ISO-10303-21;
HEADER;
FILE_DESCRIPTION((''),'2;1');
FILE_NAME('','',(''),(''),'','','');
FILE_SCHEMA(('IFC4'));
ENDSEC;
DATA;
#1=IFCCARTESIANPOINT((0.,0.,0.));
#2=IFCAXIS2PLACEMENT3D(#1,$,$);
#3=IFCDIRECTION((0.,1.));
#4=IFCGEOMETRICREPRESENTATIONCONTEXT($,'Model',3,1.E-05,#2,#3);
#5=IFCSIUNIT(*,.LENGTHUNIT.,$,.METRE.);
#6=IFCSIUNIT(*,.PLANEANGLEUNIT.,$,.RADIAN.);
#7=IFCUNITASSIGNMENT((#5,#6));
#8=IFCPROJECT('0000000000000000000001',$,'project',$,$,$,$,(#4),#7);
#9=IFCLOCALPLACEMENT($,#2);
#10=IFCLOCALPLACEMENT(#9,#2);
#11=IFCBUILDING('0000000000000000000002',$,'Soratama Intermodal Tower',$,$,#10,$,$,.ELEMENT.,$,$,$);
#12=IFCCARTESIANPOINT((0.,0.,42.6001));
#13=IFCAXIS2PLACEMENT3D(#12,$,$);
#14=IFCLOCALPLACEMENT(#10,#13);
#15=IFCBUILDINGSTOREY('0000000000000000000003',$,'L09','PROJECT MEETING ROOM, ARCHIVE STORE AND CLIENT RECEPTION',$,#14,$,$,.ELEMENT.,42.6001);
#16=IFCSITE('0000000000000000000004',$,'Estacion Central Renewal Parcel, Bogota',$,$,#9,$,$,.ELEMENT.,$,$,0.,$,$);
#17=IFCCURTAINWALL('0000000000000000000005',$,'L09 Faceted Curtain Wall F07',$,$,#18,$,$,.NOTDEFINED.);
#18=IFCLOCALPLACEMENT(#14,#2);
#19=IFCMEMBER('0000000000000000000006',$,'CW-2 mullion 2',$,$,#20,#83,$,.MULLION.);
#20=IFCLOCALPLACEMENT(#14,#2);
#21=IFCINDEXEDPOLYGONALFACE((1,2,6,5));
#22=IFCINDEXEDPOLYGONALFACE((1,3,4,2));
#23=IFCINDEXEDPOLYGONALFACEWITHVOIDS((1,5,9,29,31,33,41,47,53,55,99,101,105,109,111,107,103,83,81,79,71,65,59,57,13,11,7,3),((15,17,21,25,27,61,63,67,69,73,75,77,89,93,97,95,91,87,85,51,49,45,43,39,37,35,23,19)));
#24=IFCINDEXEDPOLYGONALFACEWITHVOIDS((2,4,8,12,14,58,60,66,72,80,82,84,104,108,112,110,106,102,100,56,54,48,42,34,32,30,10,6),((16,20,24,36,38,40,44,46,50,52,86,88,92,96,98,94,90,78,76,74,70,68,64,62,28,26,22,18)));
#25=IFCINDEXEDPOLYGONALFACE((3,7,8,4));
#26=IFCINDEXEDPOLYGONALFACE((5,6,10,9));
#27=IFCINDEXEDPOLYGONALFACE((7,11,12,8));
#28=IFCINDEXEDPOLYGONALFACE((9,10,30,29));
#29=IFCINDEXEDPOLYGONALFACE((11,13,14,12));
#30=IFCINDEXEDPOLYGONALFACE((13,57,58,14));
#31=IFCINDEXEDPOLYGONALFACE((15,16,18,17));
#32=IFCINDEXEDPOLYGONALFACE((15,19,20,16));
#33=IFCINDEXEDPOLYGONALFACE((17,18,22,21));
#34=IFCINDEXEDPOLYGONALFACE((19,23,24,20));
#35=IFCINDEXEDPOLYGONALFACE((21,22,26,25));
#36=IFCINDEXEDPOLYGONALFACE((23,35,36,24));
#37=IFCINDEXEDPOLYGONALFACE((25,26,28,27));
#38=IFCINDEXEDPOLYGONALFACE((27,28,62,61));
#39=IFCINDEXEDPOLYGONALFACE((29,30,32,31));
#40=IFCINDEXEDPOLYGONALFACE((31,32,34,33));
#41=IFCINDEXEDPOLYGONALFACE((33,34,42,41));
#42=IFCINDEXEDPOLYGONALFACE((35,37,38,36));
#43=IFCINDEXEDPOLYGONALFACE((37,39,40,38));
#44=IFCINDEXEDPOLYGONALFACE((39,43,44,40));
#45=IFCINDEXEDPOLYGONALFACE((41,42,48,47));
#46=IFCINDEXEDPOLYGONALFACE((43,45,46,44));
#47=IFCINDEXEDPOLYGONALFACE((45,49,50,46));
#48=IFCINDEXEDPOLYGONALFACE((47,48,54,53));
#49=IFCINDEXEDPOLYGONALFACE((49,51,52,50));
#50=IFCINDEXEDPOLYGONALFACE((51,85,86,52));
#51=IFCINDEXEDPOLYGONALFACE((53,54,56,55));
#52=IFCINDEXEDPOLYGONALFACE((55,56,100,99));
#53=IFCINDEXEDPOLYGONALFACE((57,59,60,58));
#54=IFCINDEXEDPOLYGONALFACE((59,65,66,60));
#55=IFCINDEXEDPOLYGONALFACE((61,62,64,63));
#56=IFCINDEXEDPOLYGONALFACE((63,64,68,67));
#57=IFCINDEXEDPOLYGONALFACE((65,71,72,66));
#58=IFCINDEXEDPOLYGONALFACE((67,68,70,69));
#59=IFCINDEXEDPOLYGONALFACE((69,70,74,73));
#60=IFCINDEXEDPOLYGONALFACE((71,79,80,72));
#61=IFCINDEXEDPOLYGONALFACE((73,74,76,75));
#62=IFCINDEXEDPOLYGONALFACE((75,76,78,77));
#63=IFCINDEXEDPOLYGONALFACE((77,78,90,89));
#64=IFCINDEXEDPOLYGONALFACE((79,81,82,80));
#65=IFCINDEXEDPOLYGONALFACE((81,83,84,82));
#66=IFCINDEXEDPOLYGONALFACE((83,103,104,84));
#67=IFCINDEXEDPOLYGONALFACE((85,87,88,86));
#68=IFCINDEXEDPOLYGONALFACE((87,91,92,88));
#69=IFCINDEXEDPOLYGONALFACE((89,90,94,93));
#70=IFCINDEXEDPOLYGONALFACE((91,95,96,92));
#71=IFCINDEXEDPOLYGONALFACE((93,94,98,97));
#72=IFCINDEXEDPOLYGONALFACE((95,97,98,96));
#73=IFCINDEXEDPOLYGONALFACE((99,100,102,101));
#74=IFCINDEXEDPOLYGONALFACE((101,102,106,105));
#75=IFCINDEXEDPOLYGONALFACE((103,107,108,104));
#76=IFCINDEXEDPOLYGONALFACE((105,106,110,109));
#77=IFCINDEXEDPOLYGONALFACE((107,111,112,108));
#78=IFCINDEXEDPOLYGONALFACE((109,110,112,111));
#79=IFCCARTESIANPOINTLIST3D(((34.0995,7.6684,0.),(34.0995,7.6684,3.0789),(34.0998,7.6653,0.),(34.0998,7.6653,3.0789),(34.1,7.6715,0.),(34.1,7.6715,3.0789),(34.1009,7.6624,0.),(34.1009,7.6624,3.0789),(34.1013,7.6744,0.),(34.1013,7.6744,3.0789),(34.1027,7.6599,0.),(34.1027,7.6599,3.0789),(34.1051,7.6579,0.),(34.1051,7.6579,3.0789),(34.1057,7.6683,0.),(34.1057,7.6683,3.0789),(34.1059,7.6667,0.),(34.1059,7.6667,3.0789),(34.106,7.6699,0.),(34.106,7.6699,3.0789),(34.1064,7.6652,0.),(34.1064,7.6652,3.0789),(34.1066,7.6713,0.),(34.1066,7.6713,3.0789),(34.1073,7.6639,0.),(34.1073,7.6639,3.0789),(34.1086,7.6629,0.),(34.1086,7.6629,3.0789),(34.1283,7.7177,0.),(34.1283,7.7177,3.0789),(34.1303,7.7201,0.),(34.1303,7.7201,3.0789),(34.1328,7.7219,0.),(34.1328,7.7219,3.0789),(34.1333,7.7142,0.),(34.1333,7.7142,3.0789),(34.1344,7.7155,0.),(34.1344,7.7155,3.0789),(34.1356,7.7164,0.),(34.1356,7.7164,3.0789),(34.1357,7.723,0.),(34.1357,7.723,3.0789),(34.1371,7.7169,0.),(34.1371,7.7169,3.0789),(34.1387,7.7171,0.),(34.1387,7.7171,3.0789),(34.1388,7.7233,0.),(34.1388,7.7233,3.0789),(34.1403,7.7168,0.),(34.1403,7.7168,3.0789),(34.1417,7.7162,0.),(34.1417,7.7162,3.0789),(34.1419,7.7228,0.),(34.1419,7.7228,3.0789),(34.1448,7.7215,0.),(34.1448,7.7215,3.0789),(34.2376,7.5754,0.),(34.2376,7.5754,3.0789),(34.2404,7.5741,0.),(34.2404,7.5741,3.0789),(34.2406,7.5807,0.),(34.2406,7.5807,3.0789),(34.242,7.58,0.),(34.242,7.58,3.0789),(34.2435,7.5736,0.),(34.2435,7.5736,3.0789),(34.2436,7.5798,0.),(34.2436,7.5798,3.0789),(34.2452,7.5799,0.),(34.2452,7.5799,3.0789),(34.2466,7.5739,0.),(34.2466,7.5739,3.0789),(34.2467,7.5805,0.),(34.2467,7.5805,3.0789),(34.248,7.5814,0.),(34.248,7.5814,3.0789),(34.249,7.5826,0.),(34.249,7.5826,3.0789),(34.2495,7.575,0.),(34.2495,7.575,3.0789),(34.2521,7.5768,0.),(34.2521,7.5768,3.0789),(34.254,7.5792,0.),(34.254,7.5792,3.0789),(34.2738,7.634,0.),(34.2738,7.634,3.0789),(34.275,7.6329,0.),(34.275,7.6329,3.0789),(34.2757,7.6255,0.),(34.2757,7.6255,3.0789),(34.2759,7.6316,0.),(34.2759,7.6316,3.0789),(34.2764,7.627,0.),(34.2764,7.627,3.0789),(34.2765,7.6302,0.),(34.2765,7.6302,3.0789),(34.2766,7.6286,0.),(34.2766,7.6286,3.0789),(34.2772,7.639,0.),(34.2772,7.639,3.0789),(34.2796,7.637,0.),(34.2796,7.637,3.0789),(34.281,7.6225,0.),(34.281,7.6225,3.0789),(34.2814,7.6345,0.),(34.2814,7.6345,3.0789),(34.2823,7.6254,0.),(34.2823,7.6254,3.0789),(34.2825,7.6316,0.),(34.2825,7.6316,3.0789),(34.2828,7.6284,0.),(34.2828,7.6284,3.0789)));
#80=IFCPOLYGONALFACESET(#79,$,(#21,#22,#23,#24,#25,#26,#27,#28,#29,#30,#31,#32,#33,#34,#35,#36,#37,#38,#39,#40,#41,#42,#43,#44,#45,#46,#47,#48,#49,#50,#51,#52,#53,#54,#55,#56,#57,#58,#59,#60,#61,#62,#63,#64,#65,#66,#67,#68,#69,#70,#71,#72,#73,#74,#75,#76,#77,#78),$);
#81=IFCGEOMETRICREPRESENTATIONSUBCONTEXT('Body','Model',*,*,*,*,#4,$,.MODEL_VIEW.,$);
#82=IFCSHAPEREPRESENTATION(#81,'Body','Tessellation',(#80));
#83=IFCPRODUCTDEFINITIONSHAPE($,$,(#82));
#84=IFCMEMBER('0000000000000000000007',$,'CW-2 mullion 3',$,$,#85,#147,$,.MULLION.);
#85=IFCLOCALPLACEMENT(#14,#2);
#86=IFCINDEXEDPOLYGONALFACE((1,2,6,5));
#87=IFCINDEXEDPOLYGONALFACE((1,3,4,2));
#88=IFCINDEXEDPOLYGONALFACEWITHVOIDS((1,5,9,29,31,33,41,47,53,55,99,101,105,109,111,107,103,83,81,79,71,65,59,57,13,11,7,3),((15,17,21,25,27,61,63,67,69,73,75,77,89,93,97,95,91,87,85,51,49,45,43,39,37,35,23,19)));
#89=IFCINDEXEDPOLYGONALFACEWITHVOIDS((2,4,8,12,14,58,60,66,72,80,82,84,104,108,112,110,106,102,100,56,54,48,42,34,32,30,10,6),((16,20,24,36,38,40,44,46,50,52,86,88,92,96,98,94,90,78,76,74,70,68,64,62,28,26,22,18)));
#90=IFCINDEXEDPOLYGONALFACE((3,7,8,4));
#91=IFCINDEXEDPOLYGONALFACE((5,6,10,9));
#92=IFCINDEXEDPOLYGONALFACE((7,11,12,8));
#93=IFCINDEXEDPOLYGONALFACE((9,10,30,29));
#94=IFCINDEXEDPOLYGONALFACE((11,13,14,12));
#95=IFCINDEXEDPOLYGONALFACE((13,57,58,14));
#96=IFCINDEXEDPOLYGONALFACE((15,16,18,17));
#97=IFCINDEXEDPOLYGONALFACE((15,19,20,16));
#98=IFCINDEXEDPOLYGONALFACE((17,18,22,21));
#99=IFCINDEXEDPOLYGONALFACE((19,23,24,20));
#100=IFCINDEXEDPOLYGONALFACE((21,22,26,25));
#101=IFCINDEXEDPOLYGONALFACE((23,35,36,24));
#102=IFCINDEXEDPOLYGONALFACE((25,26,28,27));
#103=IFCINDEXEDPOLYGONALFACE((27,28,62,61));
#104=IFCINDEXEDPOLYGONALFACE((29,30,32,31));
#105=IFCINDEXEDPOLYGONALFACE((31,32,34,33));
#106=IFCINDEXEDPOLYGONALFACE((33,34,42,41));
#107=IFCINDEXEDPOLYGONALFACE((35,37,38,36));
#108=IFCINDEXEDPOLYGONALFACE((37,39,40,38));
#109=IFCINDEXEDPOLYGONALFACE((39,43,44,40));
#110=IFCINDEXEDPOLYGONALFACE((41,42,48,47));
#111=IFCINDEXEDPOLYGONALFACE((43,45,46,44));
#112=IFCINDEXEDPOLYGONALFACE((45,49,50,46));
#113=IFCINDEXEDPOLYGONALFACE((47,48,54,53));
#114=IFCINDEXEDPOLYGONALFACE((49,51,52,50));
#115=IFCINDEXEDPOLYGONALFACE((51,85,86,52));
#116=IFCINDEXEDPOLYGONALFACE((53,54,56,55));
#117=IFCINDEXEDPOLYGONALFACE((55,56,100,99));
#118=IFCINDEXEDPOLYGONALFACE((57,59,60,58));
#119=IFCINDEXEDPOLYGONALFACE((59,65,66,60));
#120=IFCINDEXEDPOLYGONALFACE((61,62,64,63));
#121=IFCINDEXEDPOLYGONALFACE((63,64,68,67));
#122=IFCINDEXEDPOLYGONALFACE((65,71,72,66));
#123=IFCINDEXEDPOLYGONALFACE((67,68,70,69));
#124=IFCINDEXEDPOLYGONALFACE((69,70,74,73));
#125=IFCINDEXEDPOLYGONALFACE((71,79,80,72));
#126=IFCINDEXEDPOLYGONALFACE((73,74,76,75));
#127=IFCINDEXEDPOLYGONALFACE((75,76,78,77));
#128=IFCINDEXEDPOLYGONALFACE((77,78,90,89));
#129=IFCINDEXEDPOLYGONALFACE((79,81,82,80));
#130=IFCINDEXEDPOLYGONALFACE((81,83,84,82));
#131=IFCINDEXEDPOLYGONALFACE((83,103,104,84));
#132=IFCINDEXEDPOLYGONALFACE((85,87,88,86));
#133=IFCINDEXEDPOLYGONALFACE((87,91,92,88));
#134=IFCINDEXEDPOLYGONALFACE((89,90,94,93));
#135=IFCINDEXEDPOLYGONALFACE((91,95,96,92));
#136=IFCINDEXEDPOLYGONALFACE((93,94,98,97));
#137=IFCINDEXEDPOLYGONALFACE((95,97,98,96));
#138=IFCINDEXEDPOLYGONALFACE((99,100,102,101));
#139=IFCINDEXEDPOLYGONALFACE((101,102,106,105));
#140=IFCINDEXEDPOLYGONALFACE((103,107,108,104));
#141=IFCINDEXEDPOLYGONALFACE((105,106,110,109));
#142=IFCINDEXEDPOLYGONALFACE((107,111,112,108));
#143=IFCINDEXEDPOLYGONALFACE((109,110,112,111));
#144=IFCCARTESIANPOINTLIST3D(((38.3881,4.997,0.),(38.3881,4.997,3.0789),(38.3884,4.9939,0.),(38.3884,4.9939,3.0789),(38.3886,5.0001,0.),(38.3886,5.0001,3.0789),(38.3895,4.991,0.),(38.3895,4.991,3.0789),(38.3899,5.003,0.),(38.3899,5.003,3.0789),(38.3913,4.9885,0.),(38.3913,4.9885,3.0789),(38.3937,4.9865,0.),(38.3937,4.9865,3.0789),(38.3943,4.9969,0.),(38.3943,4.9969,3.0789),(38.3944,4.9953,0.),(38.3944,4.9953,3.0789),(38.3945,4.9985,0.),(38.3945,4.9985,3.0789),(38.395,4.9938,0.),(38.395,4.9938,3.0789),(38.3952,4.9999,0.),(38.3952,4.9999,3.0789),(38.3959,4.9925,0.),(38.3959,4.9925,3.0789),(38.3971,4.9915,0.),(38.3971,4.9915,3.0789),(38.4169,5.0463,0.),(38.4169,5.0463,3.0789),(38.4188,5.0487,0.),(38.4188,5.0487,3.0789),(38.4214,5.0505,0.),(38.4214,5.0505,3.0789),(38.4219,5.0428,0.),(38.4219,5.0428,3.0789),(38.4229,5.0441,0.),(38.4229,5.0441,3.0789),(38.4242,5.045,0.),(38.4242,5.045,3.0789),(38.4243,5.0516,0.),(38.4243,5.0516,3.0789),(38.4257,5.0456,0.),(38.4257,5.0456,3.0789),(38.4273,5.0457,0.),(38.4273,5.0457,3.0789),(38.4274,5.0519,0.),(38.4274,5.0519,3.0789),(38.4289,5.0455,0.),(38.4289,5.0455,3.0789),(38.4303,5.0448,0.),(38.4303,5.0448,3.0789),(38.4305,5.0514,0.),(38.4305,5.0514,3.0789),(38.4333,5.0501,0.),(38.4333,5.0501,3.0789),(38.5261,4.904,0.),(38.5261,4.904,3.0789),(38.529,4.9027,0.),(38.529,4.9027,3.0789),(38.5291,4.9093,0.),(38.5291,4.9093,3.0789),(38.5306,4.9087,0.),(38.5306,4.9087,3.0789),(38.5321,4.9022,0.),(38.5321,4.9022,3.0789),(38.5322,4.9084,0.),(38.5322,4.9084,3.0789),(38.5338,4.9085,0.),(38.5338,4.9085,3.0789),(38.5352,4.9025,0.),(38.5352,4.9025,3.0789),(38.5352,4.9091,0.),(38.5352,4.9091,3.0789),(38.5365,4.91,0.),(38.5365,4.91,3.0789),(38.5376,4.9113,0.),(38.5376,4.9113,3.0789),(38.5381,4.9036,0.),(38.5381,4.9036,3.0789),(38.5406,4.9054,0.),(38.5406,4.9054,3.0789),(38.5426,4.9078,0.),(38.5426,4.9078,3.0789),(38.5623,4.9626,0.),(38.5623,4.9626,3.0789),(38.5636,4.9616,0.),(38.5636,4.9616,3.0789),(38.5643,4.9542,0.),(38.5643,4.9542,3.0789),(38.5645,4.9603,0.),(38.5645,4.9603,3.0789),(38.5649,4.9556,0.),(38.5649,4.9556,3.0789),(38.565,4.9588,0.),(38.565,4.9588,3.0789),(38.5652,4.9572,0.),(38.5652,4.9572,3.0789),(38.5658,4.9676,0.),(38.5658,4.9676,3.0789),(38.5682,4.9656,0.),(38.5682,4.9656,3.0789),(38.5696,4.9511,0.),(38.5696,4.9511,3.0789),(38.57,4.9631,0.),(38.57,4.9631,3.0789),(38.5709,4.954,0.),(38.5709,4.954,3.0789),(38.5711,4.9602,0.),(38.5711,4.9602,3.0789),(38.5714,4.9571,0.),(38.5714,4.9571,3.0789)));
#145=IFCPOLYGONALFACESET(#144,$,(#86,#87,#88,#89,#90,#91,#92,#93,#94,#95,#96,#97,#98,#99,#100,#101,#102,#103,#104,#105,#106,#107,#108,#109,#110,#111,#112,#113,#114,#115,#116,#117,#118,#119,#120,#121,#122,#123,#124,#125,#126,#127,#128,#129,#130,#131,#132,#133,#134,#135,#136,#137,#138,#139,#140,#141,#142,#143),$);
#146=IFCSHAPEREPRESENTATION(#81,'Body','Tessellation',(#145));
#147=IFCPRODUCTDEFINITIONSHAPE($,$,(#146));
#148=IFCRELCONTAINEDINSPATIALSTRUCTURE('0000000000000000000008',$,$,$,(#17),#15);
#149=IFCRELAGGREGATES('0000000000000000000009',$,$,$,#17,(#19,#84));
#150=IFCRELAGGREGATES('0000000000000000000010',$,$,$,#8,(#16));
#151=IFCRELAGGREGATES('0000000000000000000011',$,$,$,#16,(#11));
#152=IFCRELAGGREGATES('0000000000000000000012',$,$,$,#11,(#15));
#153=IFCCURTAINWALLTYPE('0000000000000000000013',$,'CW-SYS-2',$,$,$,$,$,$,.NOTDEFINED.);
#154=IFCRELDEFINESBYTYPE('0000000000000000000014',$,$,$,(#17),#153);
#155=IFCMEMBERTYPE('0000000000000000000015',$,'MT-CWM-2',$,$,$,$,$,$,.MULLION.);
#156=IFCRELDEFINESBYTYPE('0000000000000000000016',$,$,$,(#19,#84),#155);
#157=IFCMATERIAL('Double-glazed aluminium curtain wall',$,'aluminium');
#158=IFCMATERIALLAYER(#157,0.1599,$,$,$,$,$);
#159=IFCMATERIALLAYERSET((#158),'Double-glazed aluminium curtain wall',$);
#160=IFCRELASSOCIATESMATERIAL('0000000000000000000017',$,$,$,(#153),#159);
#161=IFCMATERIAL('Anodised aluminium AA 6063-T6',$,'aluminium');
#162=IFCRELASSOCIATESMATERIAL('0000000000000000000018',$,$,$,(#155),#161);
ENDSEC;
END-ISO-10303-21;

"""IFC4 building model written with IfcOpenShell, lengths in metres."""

from ifc_helpers import new_model, si_unit, direction, frame, origin, origin_2d, place, context, subcontext, project, spatial, hollow_rectangle, extrude, material, layer, layer_set, material_profile, profile_set, type_object, element, aggregate, save


model = new_model("IFC4")

# Units and contexts
model_context = context("Model", 3, precision=1e-05, world=origin(), true_north=direction((0.0, 1.0)))
body_context = subcontext(model_context, "Body", "Model", "MODEL_VIEW")
ifc_project = project(units=[si_unit("LENGTHUNIT", "METRE"), si_unit("PLANEANGLEUNIT", "RADIAN")], contexts=[model_context])

# Site, building, storey
site_placement = place(None, origin())
site = spatial("IfcSite", under=ifc_project, at=site_placement, Name="Estacion Central Renewal Parcel, Bogota", CompositionType="ELEMENT", RefElevation=0.0)
building_placement = place(site_placement, origin())
building = spatial("IfcBuilding", under=site, at=building_placement, Name="Soratama Intermodal Tower", CompositionType="ELEMENT")
storey_placement = place(building_placement, frame((0.0, 0.0, 42.6001)))
storey = spatial("IfcBuildingStorey", under=building, at=storey_placement, Name="L09", Description="PROJECT MEETING ROOM, ARCHIVE STORE AND CLIENT RECEPTION", CompositionType="ELEMENT", Elevation=42.6001)

# Curtain wall, members
ifc_material_1 = material(Name="Double-glazed aluminium curtain wall", Category="aluminium")
ifc_layer_1 = layer(ifc_material_1, 0.1599)
ifc_layer_set_1 = layer_set([ifc_layer_1], Name="Double-glazed aluminium curtain wall")
curtain_wall_type = type_object("IfcCurtainWallType", Name="CW-SYS-2", PredefinedType="NOTDEFINED", material=ifc_layer_set_1)
curtain_wall_placement = place(storey_placement, origin())
curtain_wall = element("IfcCurtainWall", 1, at=curtain_wall_placement, inside=storey, type_object=curtain_wall_type, Name="L09 Faceted Curtain Wall F07", PredefinedType="NOTDEFINED")
ifc_material_2 = material(Name="Anodised aluminium AA 6063-T6", Category="aluminium")
ifc_material_profile_1 = material_profile(ifc_material_2, hollow_rectangle(XDim=0.075, YDim=0.1799, WallThickness=0.0061, InnerFilletRadius=0.0061, OuterFilletRadius=0.012, at=origin_2d()), Name="CWM180X75X6")
ifc_profile_set_1 = profile_set([ifc_material_profile_1], Name="Anodised aluminium AA 6063-T6")
member_type_1 = type_object("IfcMemberType", Name="MT-CWM-2", PredefinedType="MULLION", material=ifc_profile_set_1)
member_1_placement = place(storey_placement, frame((34.1912, 7.6484, 0.0), z_axis=(0.0, 0.0, 1.0), x_axis=(0.528735, 0.848787, 0.0)))
member_1 = element("IfcMember", 2, at=member_1_placement, type_object=member_type_1, Name="CW-2 mullion 2", PredefinedType="MULLION", context=body_context, shape_type="SweptSolid", body=[
    extrude(hollow_rectangle(XDim=0.075, YDim=0.1799, WallThickness=0.0061, InnerFilletRadius=0.0061, OuterFilletRadius=0.012, at=origin_2d()), origin(), (0.0, 0.0, 1.0), 3.0789),
])
member_2_placement = place(storey_placement, frame((38.4797, 4.9771, 0.0), z_axis=(0.0, 0.0, 1.0), x_axis=(0.528735, 0.848787, 0.0)))
member_2 = element("IfcMember", 3, at=member_2_placement, type_object=member_type_1, Name="CW-2 mullion 3", PredefinedType="MULLION", context=body_context, shape_type="SweptSolid", body=[
    extrude(hollow_rectangle(XDim=0.075, YDim=0.1799, WallThickness=0.0061, InnerFilletRadius=0.0061, OuterFilletRadius=0.012, at=origin_2d()), origin(), (0.0, 0.0, 1.0), 3.0789),
])
aggregate(curtain_wall, [member_1, member_2])

save(model, "model.ifc")
